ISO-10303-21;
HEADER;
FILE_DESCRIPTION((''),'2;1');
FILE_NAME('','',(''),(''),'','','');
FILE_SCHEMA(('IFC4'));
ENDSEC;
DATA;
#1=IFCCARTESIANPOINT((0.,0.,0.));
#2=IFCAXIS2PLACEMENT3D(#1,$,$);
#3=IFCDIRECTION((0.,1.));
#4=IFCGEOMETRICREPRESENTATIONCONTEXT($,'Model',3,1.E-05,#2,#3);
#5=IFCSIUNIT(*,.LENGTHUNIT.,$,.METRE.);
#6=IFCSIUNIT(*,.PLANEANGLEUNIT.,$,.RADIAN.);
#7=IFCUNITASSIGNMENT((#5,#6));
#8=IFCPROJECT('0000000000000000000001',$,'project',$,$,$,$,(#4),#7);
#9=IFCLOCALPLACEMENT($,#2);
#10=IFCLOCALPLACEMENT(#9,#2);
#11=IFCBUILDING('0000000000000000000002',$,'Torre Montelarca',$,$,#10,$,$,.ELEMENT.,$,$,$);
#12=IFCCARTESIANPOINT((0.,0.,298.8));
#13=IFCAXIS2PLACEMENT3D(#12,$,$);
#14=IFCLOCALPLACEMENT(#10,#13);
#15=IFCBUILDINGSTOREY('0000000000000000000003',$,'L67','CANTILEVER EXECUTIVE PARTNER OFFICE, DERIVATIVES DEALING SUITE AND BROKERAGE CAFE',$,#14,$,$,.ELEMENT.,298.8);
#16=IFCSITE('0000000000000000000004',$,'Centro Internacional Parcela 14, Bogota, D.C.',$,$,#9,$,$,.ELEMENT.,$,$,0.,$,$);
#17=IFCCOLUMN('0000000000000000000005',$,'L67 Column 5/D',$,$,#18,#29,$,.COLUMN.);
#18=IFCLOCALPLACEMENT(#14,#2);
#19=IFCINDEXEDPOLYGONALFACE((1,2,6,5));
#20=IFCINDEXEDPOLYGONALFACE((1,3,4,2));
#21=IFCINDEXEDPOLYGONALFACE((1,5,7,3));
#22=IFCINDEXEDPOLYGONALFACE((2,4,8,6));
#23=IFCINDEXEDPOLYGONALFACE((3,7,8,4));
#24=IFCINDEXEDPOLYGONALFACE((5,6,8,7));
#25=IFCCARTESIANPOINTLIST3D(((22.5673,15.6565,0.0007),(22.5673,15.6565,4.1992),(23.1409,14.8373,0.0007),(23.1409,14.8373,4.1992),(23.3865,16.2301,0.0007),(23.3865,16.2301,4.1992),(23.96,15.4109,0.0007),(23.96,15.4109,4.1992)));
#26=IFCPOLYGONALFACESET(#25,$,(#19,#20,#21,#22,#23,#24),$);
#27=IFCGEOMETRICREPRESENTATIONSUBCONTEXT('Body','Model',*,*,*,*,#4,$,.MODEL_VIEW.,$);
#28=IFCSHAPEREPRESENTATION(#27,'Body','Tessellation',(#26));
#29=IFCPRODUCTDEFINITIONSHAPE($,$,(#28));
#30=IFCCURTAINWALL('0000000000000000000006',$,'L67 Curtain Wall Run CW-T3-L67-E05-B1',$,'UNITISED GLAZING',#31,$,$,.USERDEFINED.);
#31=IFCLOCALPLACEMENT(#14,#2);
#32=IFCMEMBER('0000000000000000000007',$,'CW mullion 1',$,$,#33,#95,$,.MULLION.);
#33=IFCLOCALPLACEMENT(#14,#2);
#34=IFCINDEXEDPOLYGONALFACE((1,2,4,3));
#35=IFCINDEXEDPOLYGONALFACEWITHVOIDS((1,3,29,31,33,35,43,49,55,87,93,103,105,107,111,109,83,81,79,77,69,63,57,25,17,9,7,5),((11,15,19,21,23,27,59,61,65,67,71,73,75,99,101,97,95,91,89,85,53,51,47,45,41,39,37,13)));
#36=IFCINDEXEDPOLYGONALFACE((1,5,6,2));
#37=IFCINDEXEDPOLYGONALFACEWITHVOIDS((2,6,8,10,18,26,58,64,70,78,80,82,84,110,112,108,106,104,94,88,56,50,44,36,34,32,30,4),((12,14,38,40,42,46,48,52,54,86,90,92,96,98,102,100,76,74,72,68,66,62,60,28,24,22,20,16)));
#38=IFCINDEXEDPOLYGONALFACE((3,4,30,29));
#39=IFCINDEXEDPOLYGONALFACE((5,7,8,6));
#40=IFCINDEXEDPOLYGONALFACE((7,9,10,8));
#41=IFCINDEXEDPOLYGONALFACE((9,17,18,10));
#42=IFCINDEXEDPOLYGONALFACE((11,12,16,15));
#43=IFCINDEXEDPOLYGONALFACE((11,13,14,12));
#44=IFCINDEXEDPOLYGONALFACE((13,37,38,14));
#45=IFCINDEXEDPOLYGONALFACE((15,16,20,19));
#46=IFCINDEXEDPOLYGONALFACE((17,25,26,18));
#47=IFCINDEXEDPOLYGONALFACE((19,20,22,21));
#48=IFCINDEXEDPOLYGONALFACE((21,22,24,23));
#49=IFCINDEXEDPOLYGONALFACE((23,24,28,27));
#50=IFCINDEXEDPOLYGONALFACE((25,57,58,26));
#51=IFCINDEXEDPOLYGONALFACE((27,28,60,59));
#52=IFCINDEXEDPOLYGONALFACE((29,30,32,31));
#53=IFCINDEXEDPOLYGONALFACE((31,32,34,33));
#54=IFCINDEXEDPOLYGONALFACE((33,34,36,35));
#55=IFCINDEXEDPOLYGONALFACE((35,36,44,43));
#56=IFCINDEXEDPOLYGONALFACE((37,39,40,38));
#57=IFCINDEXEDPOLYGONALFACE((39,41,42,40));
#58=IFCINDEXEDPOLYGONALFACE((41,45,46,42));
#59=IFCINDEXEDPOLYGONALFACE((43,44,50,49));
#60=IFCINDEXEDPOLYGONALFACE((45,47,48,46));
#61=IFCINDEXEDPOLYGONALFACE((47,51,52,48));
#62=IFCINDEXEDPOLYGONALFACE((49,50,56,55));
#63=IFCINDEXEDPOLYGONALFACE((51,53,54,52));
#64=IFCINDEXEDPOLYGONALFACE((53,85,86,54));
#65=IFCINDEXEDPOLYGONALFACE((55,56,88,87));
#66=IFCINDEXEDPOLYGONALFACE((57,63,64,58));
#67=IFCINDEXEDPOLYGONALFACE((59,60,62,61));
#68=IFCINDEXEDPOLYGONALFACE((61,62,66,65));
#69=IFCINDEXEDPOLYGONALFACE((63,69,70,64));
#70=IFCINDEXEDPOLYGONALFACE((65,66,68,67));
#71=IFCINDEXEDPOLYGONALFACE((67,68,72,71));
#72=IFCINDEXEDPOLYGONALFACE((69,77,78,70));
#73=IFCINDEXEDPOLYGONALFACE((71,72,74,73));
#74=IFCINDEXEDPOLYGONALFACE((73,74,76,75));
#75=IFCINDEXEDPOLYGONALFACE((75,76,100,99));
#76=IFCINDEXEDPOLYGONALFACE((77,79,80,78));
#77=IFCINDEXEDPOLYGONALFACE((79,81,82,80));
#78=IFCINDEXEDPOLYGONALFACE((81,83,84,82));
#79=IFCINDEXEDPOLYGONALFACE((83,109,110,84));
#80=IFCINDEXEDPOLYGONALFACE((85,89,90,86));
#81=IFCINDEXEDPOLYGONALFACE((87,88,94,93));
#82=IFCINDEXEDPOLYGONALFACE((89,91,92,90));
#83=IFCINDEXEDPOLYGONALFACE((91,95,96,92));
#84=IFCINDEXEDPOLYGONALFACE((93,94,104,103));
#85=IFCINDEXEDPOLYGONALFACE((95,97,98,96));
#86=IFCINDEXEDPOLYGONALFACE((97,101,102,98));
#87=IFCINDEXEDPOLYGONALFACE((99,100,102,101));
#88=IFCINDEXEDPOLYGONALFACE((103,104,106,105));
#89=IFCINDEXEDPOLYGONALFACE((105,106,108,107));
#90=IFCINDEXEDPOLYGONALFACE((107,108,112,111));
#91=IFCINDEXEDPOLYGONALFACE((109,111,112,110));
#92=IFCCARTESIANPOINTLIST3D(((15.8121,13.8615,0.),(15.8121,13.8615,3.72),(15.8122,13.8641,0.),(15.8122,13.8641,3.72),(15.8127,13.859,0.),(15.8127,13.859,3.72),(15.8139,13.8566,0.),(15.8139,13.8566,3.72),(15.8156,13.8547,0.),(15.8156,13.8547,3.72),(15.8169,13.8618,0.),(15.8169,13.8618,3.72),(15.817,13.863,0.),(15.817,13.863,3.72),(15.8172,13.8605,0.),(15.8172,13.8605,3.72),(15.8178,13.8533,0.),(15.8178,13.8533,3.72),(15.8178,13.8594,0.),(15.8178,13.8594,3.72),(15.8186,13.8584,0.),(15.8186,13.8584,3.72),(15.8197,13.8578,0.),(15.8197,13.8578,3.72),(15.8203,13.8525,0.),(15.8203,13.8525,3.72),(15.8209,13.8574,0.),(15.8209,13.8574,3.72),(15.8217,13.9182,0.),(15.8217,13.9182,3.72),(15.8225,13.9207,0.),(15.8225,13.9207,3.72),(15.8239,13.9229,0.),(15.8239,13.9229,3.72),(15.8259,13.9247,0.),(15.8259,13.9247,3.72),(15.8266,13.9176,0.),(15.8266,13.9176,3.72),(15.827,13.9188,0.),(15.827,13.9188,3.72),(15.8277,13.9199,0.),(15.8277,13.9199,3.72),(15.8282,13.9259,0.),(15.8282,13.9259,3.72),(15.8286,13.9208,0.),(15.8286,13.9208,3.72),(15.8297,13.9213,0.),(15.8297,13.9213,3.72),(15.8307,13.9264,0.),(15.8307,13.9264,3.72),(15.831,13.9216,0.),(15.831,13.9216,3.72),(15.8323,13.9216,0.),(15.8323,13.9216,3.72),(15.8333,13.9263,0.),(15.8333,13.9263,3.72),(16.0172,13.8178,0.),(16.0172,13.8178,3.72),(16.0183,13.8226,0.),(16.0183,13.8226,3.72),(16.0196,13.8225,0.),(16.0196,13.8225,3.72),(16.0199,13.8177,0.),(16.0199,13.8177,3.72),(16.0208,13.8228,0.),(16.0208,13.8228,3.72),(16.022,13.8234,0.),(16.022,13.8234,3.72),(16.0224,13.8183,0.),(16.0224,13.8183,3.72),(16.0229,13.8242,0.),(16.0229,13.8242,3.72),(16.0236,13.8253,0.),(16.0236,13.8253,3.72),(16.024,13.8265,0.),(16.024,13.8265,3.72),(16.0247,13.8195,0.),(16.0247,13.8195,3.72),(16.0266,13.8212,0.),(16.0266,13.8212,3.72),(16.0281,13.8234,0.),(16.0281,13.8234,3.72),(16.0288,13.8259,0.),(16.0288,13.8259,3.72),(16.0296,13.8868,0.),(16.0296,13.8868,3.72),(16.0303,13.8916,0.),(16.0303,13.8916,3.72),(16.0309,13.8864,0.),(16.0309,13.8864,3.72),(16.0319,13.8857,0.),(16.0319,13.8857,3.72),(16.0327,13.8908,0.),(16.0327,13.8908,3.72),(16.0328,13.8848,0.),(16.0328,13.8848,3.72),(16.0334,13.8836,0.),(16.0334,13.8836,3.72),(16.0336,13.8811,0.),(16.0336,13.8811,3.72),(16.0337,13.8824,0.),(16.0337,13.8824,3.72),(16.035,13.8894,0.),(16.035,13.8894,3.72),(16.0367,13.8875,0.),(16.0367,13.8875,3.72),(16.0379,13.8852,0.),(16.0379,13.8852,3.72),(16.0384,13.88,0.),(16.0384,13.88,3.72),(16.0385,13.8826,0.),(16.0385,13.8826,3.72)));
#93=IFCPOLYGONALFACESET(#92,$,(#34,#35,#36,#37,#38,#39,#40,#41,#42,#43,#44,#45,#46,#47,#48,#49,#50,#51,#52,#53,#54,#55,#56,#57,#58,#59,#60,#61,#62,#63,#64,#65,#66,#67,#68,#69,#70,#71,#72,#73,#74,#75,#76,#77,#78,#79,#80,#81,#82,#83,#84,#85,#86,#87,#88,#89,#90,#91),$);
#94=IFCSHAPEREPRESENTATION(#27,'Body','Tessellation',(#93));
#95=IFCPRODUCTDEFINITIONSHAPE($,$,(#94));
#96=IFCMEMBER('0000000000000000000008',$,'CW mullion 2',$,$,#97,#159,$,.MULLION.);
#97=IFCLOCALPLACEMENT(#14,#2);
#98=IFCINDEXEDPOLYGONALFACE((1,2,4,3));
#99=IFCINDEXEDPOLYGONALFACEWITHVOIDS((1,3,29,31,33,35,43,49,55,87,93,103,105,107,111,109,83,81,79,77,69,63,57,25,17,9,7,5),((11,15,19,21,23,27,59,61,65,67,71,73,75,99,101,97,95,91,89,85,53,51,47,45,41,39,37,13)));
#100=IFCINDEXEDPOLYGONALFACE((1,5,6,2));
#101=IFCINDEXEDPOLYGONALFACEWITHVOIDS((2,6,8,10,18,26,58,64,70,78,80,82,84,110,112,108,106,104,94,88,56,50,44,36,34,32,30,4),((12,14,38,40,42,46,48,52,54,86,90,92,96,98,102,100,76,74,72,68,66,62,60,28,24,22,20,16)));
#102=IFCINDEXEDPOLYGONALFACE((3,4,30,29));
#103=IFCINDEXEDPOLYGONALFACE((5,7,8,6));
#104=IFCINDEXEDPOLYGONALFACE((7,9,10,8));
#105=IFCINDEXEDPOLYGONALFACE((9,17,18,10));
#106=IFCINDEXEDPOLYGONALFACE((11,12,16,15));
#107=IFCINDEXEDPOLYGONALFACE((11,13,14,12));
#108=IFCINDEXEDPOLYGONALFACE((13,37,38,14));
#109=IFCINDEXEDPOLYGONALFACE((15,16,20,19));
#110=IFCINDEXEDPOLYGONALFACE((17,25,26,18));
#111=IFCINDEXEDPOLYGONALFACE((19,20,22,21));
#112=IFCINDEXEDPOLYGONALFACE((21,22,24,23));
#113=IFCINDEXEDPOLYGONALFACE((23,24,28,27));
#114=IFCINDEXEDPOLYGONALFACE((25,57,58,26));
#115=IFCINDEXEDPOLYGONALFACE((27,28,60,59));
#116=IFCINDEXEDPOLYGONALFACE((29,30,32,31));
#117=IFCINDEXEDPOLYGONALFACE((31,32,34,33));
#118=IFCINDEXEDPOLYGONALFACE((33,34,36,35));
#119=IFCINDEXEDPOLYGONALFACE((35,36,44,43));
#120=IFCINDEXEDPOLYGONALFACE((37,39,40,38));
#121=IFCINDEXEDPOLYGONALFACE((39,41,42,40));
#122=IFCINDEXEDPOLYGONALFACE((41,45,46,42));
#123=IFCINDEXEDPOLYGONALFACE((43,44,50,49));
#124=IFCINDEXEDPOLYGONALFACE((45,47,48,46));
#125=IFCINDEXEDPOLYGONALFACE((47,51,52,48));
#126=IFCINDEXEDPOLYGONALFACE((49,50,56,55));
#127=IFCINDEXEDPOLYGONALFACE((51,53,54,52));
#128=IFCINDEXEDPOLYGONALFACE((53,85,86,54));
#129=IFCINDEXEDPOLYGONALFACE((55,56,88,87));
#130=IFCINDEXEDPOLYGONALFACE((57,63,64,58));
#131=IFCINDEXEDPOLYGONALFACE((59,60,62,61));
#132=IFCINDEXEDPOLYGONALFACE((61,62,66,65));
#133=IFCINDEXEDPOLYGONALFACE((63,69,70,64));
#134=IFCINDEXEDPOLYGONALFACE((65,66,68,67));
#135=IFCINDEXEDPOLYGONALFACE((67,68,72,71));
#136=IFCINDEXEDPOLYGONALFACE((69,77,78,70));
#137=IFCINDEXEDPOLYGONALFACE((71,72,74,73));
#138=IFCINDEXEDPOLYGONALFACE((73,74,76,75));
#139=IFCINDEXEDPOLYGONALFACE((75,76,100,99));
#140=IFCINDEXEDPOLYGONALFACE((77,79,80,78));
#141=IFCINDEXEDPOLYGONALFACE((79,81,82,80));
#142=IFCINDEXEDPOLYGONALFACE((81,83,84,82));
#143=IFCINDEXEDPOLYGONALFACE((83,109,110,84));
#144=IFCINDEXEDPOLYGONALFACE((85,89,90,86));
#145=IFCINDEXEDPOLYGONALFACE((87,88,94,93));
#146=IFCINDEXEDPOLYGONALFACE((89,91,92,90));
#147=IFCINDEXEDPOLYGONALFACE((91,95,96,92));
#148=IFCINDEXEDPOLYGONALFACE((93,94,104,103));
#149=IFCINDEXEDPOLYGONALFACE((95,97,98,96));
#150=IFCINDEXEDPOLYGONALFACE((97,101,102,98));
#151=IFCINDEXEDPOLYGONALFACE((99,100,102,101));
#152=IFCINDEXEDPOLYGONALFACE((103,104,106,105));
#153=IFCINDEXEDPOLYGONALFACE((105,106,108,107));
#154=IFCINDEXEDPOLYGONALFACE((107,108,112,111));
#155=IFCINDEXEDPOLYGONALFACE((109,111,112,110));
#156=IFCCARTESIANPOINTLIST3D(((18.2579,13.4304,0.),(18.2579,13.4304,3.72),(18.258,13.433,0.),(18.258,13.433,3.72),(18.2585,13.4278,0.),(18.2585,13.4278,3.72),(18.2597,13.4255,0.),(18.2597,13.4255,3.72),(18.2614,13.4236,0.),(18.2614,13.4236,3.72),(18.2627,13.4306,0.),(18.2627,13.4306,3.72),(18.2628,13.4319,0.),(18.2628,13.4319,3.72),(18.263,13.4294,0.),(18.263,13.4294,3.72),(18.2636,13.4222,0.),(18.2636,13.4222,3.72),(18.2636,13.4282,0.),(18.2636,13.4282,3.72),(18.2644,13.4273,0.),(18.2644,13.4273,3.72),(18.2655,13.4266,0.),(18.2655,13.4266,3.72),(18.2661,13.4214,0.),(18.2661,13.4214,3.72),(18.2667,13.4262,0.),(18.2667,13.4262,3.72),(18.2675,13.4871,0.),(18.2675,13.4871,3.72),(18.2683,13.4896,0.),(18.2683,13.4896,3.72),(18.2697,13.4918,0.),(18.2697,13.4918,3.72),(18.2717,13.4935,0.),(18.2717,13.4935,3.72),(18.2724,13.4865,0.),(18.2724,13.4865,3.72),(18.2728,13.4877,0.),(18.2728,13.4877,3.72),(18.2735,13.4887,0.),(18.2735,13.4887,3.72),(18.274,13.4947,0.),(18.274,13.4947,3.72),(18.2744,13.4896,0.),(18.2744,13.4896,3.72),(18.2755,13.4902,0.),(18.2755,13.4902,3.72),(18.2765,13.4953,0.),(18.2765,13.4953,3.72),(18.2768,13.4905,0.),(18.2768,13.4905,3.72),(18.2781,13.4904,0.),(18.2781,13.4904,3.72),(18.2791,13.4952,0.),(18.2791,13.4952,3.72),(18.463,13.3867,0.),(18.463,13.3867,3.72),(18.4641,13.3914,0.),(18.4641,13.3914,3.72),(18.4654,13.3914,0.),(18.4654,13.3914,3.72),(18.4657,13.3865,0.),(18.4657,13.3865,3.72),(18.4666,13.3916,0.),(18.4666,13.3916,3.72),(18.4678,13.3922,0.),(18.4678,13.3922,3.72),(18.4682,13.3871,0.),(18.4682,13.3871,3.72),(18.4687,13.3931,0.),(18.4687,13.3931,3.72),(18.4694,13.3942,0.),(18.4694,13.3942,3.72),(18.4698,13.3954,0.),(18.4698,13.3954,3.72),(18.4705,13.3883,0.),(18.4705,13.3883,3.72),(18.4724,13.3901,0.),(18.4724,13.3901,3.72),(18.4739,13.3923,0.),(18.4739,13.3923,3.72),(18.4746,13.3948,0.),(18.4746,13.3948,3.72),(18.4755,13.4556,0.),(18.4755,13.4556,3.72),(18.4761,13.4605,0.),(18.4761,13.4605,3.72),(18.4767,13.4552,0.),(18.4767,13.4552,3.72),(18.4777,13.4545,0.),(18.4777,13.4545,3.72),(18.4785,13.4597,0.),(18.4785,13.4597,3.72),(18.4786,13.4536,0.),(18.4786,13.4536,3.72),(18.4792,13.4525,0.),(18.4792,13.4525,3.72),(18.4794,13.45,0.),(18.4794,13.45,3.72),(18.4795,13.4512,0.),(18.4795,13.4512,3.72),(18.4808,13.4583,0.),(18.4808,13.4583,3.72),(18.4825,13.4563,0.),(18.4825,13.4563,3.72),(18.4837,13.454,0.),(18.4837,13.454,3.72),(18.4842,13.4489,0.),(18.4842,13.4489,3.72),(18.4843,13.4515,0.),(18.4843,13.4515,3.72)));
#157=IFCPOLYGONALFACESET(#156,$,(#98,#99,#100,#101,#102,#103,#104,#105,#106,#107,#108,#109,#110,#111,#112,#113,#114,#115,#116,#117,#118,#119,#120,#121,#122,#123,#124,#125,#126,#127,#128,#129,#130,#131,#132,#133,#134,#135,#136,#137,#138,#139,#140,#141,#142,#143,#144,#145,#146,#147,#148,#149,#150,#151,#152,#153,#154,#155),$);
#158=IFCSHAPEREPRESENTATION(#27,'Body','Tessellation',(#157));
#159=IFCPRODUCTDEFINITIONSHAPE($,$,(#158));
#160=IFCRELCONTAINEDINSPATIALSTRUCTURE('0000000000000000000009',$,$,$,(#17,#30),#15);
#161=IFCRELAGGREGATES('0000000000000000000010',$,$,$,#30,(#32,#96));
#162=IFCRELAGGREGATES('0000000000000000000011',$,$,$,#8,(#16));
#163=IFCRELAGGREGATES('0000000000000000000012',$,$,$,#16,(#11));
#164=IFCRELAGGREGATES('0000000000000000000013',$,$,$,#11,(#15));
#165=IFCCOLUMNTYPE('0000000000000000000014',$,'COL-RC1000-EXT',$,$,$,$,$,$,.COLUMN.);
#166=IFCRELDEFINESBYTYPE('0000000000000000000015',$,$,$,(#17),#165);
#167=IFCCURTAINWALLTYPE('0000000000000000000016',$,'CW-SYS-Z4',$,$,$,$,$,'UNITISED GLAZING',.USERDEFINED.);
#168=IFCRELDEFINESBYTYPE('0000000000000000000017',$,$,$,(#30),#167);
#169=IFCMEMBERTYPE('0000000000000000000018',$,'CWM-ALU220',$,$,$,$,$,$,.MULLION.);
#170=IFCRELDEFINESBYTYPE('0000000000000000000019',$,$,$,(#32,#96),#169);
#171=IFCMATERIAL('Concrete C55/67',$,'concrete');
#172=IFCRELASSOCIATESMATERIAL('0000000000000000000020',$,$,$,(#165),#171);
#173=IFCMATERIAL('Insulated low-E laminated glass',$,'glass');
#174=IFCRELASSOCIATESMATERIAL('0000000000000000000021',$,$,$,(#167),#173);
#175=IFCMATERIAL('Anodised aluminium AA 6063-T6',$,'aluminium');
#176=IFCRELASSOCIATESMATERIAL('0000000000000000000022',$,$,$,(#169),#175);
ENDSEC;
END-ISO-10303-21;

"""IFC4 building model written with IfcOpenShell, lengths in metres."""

from ifc_helpers import new_model, si_unit, direction, frame, origin, origin_2d, place, context, subcontext, project, spatial, rectangle, hollow_rectangle, extrude, source, transform, mapped, material, material_profile, profile_set, type_object, element, aggregate, save


model = new_model("IFC4")

# Units and contexts
model_context = context("Model", 3, precision=1e-05, world=origin(), true_north=direction((0.0, 1.0)))
body_context = subcontext(model_context, "Body", "Model", "MODEL_VIEW")
ifc_project = project(units=[si_unit("LENGTHUNIT", "METRE"), si_unit("PLANEANGLEUNIT", "RADIAN")], contexts=[model_context])

# Site, building, storey
site_placement = place(None, origin())
site = spatial("IfcSite", under=ifc_project, at=site_placement, Name="Centro Internacional Parcela 14, Bogota, D.C.", CompositionType="ELEMENT", RefElevation=0.0)
building_placement = place(site_placement, origin())
building = spatial("IfcBuilding", under=site, at=building_placement, Name="Torre Montelarca", CompositionType="ELEMENT")
storey_placement = place(building_placement, frame((0.0, 0.0, 298.8)))
storey = spatial("IfcBuildingStorey", under=building, at=storey_placement, Name="L67", Description="CANTILEVER EXECUTIVE PARTNER OFFICE, DERIVATIVES DEALING SUITE AND BROKERAGE CAFE", CompositionType="ELEMENT", Elevation=298.8)

# Column
ifc_material_1 = material(Name="Concrete C55/67", Category="concrete")
ifc_material_profile_1 = material_profile(ifc_material_1, rectangle(XDim=1.0, YDim=1.0, at=origin_2d()), Name="RC1000X1000", Category="concrete")
ifc_profile_set_1 = profile_set([ifc_material_profile_1], Name="Concrete C55/67")
column_type = type_object("IfcColumnType", Name="COL-RC1000-EXT", PredefinedType="COLUMN", material=ifc_profile_set_1)
shared_shape_1 = source(origin(), body_context, "Body", "SweptSolid", [
    extrude(rectangle(XDim=1.0, YDim=1.0, at=origin_2d()), origin(), (0.0, 0.0, 1.0), 4.1985),
])
column_placement = place(storey_placement, frame((23.2637, 15.5337, 0.0007), z_axis=(0.0, 0.0, 1.0), x_axis=(-0.573576, 0.819152, 0.0)))
element("IfcColumn", 1, at=column_placement, inside=storey, type_object=column_type, Name="L67 Column 5/D", PredefinedType="COLUMN", context=body_context, shape_type="MappedRepresentation", body=[
    mapped(shared_shape_1, transform((0.0, 0.0, 0.0), scale=1.0)),
])

# Curtain wall, members
ifc_material_2 = material(Name="Insulated low-E laminated glass", Category="glass")
curtain_wall_type = type_object("IfcCurtainWallType", Name="CW-SYS-Z4", ElementType="UNITISED GLAZING", PredefinedType="USERDEFINED", material=ifc_material_2)
curtain_wall_1_placement = place(storey_placement, origin())
curtain_wall_1 = element("IfcCurtainWall", 2, at=curtain_wall_1_placement, inside=storey, type_object=curtain_wall_type, Name="L67 Curtain Wall Run CW-T3-L67-E05-B1", ObjectType="UNITISED GLAZING", PredefinedType="USERDEFINED")
ifc_material_3 = material(Name="Anodised aluminium AA 6063-T6", Category="aluminium")
ifc_material_profile_2 = material_profile(ifc_material_3, hollow_rectangle(XDim=0.075, YDim=0.22, WallThickness=0.0049, InnerFilletRadius=0.0049, OuterFilletRadius=0.01, at=origin_2d()), Name="ALU75X220X5", Category="aluminium")
ifc_profile_set_2 = profile_set([ifc_material_profile_2], Name="Anodised aluminium AA 6063-T6")
member_type_1 = type_object("IfcMemberType", Name="CWM-ALU220", PredefinedType="MULLION", material=ifc_profile_set_2)
shared_shape_2 = source(origin(), body_context, "Body", "SweptSolid", [
    extrude(hollow_rectangle(XDim=0.075, YDim=0.22, WallThickness=0.0049, InnerFilletRadius=0.0049, OuterFilletRadius=0.01, at=origin_2d()), origin(), (0.0, 0.0, 1.0), 3.72),
])
member_1_placement = place(storey_placement, frame((15.9253, 13.8721, 0.0), z_axis=(0.0, 0.0, 1.0), x_axis=(0.173635, 0.98481, 0.0)))
member_1 = element("IfcMember", 3, at=member_1_placement, type_object=member_type_1, Name="CW mullion 1", PredefinedType="MULLION", context=body_context, shape_type="MappedRepresentation", body=[
    mapped(shared_shape_2, transform((0.0, 0.0, 0.0), scale=1.0)),
])
member_2_placement = place(storey_placement, frame((18.3711, 13.4409, 0.0), z_axis=(0.0, 0.0, 1.0), x_axis=(0.173635, 0.98481, 0.0)))
member_2 = element("IfcMember", 4, at=member_2_placement, type_object=member_type_1, Name="CW mullion 2", PredefinedType="MULLION", context=body_context, shape_type="MappedRepresentation", body=[
    mapped(shared_shape_2, transform((0.0, 0.0, 0.0), scale=1.0)),
])

aggregate(curtain_wall_1, [member_1, member_2])

save(model, "model.ifc")
